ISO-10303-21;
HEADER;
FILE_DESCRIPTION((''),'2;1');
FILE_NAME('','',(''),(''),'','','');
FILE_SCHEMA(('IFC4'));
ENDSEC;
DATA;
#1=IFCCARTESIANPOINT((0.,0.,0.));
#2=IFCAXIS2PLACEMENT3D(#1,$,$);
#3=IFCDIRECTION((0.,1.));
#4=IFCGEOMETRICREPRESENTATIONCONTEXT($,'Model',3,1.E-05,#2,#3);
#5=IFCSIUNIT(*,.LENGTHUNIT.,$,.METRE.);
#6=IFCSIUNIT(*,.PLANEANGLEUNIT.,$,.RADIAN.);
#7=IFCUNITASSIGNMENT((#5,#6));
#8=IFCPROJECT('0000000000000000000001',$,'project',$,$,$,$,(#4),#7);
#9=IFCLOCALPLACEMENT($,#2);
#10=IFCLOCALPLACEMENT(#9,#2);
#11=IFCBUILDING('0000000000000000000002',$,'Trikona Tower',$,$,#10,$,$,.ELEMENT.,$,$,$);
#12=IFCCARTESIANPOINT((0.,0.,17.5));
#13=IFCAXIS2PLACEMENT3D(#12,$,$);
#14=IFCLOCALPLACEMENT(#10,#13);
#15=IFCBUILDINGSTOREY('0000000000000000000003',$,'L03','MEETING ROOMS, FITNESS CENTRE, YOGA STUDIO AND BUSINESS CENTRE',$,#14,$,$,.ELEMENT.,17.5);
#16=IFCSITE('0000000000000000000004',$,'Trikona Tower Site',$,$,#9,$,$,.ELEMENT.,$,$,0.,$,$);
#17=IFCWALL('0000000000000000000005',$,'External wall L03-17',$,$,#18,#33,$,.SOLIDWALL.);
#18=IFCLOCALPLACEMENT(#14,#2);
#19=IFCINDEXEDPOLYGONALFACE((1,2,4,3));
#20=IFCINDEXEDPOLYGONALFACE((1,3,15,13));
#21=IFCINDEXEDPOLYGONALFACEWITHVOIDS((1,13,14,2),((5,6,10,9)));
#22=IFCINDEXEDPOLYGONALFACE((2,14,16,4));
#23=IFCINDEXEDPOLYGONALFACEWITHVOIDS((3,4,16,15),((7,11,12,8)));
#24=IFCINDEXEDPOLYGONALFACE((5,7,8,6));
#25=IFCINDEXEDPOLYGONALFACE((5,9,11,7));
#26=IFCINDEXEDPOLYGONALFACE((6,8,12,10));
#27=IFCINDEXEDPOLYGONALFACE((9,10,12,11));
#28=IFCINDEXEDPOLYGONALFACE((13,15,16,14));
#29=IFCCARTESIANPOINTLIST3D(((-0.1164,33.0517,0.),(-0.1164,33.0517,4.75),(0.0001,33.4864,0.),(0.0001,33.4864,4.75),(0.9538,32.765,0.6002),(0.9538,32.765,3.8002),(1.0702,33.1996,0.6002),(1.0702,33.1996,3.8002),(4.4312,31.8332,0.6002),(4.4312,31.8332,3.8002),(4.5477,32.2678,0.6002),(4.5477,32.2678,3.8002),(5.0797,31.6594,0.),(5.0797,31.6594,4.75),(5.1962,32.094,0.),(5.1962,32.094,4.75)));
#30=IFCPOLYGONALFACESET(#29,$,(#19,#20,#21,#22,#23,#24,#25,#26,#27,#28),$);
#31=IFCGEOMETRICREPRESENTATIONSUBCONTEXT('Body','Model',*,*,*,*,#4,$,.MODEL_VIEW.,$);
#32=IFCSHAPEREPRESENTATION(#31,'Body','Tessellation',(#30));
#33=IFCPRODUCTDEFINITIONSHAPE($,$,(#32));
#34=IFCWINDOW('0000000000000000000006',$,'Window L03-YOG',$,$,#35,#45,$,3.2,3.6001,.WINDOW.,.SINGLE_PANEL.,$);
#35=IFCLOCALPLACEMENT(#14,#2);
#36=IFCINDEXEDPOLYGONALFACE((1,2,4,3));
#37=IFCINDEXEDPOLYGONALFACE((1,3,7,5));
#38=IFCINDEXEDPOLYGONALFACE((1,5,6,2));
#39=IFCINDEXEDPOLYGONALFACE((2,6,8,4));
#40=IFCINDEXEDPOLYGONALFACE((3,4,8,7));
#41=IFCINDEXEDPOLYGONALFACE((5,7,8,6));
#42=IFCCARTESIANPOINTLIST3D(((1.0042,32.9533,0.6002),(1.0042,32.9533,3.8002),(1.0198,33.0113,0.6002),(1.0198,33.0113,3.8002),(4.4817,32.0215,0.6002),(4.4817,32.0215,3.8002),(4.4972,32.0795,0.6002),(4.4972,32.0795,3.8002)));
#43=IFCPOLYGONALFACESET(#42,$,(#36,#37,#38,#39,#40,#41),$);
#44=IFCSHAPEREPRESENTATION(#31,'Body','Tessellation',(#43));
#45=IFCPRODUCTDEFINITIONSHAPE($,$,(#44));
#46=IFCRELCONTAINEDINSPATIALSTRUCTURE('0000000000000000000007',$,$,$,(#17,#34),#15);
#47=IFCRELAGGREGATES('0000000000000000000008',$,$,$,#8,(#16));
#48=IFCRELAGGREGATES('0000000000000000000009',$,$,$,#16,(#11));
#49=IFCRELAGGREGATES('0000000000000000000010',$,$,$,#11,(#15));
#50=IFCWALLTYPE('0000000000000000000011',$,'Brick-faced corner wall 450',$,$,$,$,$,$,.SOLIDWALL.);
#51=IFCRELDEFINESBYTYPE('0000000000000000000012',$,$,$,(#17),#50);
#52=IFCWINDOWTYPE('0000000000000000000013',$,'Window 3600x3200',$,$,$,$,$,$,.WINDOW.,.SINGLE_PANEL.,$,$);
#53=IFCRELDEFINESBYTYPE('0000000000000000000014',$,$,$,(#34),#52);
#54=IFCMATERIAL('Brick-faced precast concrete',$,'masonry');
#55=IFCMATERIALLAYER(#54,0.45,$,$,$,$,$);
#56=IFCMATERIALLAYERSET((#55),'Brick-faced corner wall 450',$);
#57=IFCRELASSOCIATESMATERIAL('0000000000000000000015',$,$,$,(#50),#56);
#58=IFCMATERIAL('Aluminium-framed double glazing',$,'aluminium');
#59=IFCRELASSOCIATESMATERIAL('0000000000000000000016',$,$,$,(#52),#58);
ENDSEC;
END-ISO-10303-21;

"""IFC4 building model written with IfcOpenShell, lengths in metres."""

from ifc_helpers import new_model, si_unit, direction, frame, frame_2d, origin, place, context, subcontext, project, spatial, rectangle, extrude, material, layer, layer_set, type_object, element, fill, save


model = new_model("IFC4")

# Units and contexts
model_context = context("Model", 3, precision=1e-05, world=origin(), true_north=direction((0.0, 1.0)))
body_context = subcontext(model_context, "Body", "Model", "MODEL_VIEW")
ifc_project = project(units=[si_unit("LENGTHUNIT", "METRE"), si_unit("PLANEANGLEUNIT", "RADIAN")], contexts=[model_context])

# Site, building, storey
site_placement = place(None, origin())
site = spatial("IfcSite", under=ifc_project, at=site_placement, Name="Trikona Tower Site", CompositionType="ELEMENT", RefElevation=0.0)
building_placement = place(site_placement, origin())
building = spatial("IfcBuilding", under=site, at=building_placement, Name="Trikona Tower", CompositionType="ELEMENT")
storey_placement = place(building_placement, frame((0.0, 0.0, 17.5)))
storey = spatial("IfcBuildingStorey", under=building, at=storey_placement, Name="L03", Description="MEETING ROOMS, FITNESS CENTRE, YOGA STUDIO AND BUSINESS CENTRE", CompositionType="ELEMENT", Elevation=17.5)

# Shared definitions
ifc_material_1 = material(Name="Brick-faced precast concrete", Category="masonry")
ifc_layer_1 = layer(ifc_material_1, 0.45)
ifc_layer_set_1 = layer_set([ifc_layer_1], Name="Brick-faced corner wall 450")
wall_type = type_object("IfcWallType", Name="Brick-faced corner wall 450", PredefinedType="SOLIDWALL", material=ifc_layer_set_1)

# Wall, opening, window
wall_1_placement = place(storey_placement, frame((5.1379, 31.8767, 0.0), z_axis=(0.0, 0.0, 1.0), x_axis=(-0.965923, 0.258829, 0.0)))
wall_1 = element("IfcWall", 1, at=wall_1_placement, inside=storey, type_object=wall_type, Name="External wall L03-17", PredefinedType="SOLIDWALL", context=body_context, shape_type="SweptSolid", body=[
    extrude(rectangle(XDim=5.3794, YDim=0.45, at=frame_2d((2.6897, 0.0))), origin(), (0.0, 0.0, 1.0), 4.75),
])
opening_1_placement = place(wall_1_placement, frame((0.6714, 0.0, 0.6001)))
opening_1 = element("IfcOpeningElement", 2, at=opening_1_placement, cuts=wall_1, PredefinedType="OPENING", context=body_context, shape_type="SweptSolid", body=[
    extrude(rectangle(XDim=3.6001, YDim=3.2, at=frame_2d((1.8, 1.6001))), frame((0.0, 0.2349, 0.0), z_axis=(0.0, -1.0, 0.0), x_axis=(1.0, 0.0, 0.0)), (0.0, 0.0, 1.0), 0.47),
])
ifc_material_2 = material(Name="Aluminium-framed double glazing", Category="aluminium")
window_type = type_object("IfcWindowType", Name="Window 3600x3200", PartitioningType="SINGLE_PANEL", PredefinedType="WINDOW", material=ifc_material_2)
window_placement = place(opening_1_placement, origin())
window = element("IfcWindow", 3, at=window_placement, inside=storey, type_object=window_type, Name="Window L03-YOG", OverallHeight=3.2, OverallWidth=3.6001, PartitioningType="SINGLE_PANEL", PredefinedType="WINDOW", context=body_context, shape_type="SweptSolid", body=[
    extrude(rectangle(XDim=3.6001, YDim=3.2, at=frame_2d((1.8, 1.6001))), frame((0.0, 0.03, 0.0), z_axis=(0.0, -1.0, 0.0), x_axis=(1.0, 0.0, 0.0)), (0.0, 0.0, 1.0), 0.0601),
])
fill(opening_1, window)

save(model, "model.ifc")
